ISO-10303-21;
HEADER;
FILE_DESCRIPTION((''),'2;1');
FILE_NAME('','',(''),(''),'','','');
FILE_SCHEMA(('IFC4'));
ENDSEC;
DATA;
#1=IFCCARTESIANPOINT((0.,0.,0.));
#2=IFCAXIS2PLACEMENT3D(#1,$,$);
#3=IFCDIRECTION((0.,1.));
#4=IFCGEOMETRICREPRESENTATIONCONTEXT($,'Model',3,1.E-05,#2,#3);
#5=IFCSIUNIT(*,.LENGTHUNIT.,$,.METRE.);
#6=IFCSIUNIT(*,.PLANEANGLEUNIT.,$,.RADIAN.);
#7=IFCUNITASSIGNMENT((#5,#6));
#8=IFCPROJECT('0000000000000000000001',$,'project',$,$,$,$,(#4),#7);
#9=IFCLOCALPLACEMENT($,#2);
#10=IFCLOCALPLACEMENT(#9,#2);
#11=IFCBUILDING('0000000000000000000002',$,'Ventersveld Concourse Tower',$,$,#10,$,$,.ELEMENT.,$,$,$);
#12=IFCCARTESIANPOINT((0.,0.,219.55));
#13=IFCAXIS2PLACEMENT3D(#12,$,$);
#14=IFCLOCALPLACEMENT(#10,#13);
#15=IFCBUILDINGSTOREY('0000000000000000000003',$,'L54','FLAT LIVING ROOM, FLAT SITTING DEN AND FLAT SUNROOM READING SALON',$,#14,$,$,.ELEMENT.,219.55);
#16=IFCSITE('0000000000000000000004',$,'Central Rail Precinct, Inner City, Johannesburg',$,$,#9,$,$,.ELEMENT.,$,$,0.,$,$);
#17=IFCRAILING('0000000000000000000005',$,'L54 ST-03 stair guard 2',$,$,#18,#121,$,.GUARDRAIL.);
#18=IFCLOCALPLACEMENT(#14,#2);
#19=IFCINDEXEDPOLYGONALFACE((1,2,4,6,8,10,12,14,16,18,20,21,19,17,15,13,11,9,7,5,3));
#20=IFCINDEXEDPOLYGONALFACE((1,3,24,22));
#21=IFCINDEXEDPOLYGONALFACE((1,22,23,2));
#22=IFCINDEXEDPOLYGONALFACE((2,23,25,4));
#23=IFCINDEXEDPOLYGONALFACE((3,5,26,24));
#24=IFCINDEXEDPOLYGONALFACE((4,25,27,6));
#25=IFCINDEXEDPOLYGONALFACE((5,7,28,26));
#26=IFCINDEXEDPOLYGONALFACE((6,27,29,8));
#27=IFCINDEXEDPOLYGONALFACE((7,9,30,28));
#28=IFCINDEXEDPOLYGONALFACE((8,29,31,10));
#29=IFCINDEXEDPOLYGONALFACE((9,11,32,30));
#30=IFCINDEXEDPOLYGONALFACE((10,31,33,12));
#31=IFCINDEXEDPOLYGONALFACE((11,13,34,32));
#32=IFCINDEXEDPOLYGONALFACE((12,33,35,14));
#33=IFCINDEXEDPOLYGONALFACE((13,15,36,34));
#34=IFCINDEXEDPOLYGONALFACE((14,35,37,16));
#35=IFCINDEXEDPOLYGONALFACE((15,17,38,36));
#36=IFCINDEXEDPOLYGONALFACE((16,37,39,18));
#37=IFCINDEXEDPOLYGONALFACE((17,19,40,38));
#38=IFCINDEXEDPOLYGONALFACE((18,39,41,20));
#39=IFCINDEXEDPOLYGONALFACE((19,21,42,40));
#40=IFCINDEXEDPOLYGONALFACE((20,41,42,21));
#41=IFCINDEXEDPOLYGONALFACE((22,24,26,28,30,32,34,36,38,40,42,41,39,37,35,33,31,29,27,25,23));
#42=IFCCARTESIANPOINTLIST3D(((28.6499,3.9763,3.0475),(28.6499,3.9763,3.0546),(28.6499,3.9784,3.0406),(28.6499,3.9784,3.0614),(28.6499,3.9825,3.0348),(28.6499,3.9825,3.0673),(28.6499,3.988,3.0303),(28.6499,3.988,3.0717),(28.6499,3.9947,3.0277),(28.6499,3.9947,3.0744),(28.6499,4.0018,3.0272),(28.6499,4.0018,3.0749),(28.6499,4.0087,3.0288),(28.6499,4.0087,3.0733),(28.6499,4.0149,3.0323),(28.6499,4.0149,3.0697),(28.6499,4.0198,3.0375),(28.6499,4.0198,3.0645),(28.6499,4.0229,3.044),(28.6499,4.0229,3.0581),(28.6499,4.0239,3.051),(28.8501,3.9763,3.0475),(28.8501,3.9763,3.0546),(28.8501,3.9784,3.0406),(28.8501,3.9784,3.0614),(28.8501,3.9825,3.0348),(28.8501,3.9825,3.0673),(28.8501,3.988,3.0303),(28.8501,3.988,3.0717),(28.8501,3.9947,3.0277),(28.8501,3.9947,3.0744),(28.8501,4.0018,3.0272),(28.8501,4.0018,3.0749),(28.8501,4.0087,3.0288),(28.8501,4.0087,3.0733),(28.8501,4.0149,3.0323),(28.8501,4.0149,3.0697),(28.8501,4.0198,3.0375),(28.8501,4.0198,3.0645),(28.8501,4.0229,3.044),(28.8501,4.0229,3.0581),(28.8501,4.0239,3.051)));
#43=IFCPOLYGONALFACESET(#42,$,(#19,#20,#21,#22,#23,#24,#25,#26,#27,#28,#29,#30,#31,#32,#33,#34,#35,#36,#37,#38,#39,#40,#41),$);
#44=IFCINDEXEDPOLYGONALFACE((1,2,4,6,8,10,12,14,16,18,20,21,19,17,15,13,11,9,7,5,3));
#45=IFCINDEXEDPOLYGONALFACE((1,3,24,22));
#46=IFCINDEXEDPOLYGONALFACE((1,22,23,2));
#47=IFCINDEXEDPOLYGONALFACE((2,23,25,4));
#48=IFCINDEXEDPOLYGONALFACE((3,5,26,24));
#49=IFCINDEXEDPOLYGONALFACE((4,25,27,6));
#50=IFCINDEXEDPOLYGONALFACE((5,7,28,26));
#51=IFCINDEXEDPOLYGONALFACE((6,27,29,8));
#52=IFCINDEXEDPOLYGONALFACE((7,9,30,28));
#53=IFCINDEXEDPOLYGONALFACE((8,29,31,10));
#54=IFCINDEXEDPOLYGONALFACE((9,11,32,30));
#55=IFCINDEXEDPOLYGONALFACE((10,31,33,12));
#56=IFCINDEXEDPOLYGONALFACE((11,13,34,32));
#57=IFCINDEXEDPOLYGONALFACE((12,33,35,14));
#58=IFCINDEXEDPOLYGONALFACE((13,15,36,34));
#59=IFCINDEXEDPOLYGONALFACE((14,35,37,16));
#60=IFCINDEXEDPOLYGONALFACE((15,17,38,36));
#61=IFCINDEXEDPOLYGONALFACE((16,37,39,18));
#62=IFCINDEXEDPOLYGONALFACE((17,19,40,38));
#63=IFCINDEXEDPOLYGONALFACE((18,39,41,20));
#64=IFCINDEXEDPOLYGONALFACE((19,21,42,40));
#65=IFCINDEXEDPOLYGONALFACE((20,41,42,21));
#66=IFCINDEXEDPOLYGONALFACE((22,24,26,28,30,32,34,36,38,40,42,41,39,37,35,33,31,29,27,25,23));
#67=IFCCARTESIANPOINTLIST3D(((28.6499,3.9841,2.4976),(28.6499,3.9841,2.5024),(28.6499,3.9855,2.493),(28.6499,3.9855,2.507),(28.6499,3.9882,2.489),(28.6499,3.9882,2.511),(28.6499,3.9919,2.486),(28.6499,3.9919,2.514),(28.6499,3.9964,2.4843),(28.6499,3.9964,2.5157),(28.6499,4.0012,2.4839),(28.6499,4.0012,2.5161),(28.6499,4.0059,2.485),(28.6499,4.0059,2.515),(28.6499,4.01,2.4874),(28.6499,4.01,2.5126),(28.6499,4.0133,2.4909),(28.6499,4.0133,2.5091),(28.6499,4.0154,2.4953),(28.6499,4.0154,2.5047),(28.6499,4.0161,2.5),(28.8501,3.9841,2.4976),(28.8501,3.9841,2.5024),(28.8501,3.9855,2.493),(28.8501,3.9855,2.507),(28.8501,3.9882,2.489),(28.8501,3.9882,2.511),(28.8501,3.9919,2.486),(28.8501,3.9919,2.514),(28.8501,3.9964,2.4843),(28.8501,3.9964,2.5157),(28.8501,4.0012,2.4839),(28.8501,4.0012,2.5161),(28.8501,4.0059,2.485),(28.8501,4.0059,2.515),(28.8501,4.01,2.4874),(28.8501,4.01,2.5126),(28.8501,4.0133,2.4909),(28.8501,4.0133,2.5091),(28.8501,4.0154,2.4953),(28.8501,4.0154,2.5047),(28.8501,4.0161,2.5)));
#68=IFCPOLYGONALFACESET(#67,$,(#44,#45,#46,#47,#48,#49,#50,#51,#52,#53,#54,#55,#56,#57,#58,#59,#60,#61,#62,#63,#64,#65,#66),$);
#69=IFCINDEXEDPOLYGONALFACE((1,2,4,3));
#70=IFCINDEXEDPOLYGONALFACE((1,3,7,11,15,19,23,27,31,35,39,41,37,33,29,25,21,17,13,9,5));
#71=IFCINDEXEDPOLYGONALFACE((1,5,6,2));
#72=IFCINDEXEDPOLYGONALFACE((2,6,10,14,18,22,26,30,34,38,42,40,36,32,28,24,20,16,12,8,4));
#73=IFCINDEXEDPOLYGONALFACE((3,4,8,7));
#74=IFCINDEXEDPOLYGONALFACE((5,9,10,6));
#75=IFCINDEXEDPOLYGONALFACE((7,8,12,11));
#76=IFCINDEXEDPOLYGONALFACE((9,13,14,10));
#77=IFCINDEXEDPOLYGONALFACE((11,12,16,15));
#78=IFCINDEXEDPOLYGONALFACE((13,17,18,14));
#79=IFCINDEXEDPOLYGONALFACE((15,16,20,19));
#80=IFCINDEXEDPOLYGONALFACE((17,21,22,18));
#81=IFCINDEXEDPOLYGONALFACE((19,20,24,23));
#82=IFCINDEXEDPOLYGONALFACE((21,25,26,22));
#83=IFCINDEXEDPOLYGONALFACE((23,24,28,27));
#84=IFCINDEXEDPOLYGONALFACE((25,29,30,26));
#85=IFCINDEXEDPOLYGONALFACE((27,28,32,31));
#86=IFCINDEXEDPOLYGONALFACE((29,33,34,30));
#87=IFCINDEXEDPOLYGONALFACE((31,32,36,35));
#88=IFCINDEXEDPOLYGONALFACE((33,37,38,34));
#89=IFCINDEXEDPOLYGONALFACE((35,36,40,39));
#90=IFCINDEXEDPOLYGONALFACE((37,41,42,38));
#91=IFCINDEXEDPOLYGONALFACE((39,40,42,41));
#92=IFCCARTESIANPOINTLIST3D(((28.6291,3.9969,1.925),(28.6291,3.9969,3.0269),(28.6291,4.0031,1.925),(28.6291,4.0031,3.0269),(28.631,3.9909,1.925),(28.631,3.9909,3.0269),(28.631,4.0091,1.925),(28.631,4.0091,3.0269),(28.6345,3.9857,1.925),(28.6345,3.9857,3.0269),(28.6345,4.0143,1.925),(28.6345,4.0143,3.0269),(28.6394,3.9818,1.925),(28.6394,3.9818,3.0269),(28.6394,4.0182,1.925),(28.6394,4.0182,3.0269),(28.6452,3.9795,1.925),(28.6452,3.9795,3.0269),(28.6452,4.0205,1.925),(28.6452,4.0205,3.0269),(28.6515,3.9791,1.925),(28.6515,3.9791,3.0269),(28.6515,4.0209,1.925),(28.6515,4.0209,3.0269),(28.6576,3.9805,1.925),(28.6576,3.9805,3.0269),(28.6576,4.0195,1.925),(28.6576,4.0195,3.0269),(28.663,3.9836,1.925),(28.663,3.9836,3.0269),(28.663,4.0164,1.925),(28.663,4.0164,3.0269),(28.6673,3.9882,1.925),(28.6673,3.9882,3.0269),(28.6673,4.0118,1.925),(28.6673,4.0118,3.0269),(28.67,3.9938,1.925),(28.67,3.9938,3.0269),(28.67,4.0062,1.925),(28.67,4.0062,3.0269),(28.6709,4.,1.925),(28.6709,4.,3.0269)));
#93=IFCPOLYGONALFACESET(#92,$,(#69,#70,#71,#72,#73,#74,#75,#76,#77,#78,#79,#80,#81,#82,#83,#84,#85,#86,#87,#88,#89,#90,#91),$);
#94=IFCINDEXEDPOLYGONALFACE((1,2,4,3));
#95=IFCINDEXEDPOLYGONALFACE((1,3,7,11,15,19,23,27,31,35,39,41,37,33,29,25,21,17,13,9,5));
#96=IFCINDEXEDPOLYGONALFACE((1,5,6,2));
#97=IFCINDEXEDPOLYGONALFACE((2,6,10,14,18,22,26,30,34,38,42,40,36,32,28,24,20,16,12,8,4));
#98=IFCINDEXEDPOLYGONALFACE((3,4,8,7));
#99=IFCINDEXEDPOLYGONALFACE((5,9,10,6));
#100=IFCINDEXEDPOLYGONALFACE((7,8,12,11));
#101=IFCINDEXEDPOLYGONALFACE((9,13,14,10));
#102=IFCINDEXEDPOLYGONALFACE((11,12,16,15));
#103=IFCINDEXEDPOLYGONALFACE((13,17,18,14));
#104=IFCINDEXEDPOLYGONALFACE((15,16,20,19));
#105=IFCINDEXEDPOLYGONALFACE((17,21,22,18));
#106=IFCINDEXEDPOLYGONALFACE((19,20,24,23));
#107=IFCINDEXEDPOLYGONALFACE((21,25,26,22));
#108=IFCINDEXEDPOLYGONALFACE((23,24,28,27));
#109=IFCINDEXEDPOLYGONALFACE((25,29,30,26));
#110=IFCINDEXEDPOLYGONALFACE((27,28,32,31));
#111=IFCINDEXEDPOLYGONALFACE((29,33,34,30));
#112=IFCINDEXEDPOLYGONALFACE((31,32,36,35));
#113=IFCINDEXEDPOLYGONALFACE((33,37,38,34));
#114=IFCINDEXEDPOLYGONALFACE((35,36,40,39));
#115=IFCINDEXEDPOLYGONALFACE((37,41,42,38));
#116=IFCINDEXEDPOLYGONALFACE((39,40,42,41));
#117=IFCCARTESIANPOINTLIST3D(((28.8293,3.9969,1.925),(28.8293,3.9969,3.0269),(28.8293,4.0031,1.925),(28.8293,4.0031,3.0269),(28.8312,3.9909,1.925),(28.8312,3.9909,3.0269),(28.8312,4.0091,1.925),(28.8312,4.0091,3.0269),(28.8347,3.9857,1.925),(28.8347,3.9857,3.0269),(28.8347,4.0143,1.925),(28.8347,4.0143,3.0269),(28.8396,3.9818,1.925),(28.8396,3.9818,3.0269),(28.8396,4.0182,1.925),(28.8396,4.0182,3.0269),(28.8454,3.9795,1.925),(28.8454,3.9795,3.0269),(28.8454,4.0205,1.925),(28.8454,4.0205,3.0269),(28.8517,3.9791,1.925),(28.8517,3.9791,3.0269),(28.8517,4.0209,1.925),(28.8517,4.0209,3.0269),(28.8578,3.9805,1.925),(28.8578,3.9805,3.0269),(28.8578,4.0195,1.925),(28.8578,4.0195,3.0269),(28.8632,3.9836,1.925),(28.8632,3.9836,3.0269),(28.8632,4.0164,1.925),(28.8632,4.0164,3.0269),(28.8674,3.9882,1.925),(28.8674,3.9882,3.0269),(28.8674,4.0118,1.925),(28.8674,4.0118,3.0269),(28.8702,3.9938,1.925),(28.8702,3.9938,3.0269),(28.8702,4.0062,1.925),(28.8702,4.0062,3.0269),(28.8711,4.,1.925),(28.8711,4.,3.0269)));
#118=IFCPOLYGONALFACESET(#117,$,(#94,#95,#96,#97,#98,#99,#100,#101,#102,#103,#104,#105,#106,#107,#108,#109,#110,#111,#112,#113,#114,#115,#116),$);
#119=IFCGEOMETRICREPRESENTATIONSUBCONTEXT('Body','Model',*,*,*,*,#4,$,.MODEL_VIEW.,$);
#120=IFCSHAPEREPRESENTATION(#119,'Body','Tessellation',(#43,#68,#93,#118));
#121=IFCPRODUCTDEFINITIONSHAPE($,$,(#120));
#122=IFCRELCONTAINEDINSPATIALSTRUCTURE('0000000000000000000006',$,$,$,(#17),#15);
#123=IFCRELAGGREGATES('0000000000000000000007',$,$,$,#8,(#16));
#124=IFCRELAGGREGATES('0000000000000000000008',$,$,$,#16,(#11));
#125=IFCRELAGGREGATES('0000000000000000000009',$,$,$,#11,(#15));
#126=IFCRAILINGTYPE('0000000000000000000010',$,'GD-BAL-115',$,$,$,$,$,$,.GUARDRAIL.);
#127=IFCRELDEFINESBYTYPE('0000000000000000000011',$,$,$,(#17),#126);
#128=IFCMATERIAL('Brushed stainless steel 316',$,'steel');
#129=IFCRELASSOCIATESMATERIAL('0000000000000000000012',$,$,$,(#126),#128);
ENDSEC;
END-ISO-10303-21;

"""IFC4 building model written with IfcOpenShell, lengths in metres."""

from ifc_helpers import new_model, si_unit, direction, frame, origin, origin_2d, place, context, subcontext, project, spatial, circle, extrude, material, type_object, element, save


model = new_model("IFC4")

# Units and contexts
model_context = context("Model", 3, precision=1e-05, world=origin(), true_north=direction((0.0, 1.0)))
body_context = subcontext(model_context, "Body", "Model", "MODEL_VIEW")
ifc_project = project(units=[si_unit("LENGTHUNIT", "METRE"), si_unit("PLANEANGLEUNIT", "RADIAN")], contexts=[model_context])

# Site, building, storey
site_placement = place(None, origin())
site = spatial("IfcSite", under=ifc_project, at=site_placement, Name="Central Rail Precinct, Inner City, Johannesburg", CompositionType="ELEMENT", RefElevation=0.0)
building_placement = place(site_placement, origin())
building = spatial("IfcBuilding", under=site, at=building_placement, Name="Ventersveld Concourse Tower", CompositionType="ELEMENT")
storey_placement = place(building_placement, frame((0.0, 0.0, 219.55)))
storey = spatial("IfcBuildingStorey", under=building, at=storey_placement, Name="L54", Description="FLAT LIVING ROOM, FLAT SITTING DEN AND FLAT SUNROOM READING SALON", CompositionType="ELEMENT", Elevation=219.55)

# Shared definitions
ifc_material_1 = material(Name="Brushed stainless steel 316", Category="steel")

# Railing
railing_type = type_object("IfcRailingType", Name="GD-BAL-115", PredefinedType="GUARDRAIL", material=ifc_material_1)
railing_1_placement = place(storey_placement, frame((28.6499, 4.0, 1.925)))
element("IfcRailing", 1, at=railing_1_placement, inside=storey, type_object=railing_type, Name="L54 ST-03 stair guard 2", PredefinedType="GUARDRAIL", context=body_context, shape_type="SweptSolid", body=[
    extrude(circle(Radius=0.0239, at=origin_2d()), frame((0.0, 0.0, 1.126), z_axis=(1.0, 0.0, 0.0), x_axis=(0.0, 1.0, 0.0)), (0.0, 0.0, 1.0), 0.2002),
    extrude(circle(Radius=0.0161, at=origin_2d()), frame((0.0, 0.0, 0.575), z_axis=(1.0, 0.0, 0.0), x_axis=(0.0, 1.0, 0.0)), (0.0, 0.0, 1.0), 0.2002),
    extrude(circle(Radius=0.021, at=origin_2d()), origin(), (0.0, 0.0, 1.0), 1.1018),
    extrude(circle(Radius=0.021, at=origin_2d()), frame((0.2002, 0.0, 0.0)), (0.0, 0.0, 1.0), 1.1018),
])

save(model, "model.ifc")
